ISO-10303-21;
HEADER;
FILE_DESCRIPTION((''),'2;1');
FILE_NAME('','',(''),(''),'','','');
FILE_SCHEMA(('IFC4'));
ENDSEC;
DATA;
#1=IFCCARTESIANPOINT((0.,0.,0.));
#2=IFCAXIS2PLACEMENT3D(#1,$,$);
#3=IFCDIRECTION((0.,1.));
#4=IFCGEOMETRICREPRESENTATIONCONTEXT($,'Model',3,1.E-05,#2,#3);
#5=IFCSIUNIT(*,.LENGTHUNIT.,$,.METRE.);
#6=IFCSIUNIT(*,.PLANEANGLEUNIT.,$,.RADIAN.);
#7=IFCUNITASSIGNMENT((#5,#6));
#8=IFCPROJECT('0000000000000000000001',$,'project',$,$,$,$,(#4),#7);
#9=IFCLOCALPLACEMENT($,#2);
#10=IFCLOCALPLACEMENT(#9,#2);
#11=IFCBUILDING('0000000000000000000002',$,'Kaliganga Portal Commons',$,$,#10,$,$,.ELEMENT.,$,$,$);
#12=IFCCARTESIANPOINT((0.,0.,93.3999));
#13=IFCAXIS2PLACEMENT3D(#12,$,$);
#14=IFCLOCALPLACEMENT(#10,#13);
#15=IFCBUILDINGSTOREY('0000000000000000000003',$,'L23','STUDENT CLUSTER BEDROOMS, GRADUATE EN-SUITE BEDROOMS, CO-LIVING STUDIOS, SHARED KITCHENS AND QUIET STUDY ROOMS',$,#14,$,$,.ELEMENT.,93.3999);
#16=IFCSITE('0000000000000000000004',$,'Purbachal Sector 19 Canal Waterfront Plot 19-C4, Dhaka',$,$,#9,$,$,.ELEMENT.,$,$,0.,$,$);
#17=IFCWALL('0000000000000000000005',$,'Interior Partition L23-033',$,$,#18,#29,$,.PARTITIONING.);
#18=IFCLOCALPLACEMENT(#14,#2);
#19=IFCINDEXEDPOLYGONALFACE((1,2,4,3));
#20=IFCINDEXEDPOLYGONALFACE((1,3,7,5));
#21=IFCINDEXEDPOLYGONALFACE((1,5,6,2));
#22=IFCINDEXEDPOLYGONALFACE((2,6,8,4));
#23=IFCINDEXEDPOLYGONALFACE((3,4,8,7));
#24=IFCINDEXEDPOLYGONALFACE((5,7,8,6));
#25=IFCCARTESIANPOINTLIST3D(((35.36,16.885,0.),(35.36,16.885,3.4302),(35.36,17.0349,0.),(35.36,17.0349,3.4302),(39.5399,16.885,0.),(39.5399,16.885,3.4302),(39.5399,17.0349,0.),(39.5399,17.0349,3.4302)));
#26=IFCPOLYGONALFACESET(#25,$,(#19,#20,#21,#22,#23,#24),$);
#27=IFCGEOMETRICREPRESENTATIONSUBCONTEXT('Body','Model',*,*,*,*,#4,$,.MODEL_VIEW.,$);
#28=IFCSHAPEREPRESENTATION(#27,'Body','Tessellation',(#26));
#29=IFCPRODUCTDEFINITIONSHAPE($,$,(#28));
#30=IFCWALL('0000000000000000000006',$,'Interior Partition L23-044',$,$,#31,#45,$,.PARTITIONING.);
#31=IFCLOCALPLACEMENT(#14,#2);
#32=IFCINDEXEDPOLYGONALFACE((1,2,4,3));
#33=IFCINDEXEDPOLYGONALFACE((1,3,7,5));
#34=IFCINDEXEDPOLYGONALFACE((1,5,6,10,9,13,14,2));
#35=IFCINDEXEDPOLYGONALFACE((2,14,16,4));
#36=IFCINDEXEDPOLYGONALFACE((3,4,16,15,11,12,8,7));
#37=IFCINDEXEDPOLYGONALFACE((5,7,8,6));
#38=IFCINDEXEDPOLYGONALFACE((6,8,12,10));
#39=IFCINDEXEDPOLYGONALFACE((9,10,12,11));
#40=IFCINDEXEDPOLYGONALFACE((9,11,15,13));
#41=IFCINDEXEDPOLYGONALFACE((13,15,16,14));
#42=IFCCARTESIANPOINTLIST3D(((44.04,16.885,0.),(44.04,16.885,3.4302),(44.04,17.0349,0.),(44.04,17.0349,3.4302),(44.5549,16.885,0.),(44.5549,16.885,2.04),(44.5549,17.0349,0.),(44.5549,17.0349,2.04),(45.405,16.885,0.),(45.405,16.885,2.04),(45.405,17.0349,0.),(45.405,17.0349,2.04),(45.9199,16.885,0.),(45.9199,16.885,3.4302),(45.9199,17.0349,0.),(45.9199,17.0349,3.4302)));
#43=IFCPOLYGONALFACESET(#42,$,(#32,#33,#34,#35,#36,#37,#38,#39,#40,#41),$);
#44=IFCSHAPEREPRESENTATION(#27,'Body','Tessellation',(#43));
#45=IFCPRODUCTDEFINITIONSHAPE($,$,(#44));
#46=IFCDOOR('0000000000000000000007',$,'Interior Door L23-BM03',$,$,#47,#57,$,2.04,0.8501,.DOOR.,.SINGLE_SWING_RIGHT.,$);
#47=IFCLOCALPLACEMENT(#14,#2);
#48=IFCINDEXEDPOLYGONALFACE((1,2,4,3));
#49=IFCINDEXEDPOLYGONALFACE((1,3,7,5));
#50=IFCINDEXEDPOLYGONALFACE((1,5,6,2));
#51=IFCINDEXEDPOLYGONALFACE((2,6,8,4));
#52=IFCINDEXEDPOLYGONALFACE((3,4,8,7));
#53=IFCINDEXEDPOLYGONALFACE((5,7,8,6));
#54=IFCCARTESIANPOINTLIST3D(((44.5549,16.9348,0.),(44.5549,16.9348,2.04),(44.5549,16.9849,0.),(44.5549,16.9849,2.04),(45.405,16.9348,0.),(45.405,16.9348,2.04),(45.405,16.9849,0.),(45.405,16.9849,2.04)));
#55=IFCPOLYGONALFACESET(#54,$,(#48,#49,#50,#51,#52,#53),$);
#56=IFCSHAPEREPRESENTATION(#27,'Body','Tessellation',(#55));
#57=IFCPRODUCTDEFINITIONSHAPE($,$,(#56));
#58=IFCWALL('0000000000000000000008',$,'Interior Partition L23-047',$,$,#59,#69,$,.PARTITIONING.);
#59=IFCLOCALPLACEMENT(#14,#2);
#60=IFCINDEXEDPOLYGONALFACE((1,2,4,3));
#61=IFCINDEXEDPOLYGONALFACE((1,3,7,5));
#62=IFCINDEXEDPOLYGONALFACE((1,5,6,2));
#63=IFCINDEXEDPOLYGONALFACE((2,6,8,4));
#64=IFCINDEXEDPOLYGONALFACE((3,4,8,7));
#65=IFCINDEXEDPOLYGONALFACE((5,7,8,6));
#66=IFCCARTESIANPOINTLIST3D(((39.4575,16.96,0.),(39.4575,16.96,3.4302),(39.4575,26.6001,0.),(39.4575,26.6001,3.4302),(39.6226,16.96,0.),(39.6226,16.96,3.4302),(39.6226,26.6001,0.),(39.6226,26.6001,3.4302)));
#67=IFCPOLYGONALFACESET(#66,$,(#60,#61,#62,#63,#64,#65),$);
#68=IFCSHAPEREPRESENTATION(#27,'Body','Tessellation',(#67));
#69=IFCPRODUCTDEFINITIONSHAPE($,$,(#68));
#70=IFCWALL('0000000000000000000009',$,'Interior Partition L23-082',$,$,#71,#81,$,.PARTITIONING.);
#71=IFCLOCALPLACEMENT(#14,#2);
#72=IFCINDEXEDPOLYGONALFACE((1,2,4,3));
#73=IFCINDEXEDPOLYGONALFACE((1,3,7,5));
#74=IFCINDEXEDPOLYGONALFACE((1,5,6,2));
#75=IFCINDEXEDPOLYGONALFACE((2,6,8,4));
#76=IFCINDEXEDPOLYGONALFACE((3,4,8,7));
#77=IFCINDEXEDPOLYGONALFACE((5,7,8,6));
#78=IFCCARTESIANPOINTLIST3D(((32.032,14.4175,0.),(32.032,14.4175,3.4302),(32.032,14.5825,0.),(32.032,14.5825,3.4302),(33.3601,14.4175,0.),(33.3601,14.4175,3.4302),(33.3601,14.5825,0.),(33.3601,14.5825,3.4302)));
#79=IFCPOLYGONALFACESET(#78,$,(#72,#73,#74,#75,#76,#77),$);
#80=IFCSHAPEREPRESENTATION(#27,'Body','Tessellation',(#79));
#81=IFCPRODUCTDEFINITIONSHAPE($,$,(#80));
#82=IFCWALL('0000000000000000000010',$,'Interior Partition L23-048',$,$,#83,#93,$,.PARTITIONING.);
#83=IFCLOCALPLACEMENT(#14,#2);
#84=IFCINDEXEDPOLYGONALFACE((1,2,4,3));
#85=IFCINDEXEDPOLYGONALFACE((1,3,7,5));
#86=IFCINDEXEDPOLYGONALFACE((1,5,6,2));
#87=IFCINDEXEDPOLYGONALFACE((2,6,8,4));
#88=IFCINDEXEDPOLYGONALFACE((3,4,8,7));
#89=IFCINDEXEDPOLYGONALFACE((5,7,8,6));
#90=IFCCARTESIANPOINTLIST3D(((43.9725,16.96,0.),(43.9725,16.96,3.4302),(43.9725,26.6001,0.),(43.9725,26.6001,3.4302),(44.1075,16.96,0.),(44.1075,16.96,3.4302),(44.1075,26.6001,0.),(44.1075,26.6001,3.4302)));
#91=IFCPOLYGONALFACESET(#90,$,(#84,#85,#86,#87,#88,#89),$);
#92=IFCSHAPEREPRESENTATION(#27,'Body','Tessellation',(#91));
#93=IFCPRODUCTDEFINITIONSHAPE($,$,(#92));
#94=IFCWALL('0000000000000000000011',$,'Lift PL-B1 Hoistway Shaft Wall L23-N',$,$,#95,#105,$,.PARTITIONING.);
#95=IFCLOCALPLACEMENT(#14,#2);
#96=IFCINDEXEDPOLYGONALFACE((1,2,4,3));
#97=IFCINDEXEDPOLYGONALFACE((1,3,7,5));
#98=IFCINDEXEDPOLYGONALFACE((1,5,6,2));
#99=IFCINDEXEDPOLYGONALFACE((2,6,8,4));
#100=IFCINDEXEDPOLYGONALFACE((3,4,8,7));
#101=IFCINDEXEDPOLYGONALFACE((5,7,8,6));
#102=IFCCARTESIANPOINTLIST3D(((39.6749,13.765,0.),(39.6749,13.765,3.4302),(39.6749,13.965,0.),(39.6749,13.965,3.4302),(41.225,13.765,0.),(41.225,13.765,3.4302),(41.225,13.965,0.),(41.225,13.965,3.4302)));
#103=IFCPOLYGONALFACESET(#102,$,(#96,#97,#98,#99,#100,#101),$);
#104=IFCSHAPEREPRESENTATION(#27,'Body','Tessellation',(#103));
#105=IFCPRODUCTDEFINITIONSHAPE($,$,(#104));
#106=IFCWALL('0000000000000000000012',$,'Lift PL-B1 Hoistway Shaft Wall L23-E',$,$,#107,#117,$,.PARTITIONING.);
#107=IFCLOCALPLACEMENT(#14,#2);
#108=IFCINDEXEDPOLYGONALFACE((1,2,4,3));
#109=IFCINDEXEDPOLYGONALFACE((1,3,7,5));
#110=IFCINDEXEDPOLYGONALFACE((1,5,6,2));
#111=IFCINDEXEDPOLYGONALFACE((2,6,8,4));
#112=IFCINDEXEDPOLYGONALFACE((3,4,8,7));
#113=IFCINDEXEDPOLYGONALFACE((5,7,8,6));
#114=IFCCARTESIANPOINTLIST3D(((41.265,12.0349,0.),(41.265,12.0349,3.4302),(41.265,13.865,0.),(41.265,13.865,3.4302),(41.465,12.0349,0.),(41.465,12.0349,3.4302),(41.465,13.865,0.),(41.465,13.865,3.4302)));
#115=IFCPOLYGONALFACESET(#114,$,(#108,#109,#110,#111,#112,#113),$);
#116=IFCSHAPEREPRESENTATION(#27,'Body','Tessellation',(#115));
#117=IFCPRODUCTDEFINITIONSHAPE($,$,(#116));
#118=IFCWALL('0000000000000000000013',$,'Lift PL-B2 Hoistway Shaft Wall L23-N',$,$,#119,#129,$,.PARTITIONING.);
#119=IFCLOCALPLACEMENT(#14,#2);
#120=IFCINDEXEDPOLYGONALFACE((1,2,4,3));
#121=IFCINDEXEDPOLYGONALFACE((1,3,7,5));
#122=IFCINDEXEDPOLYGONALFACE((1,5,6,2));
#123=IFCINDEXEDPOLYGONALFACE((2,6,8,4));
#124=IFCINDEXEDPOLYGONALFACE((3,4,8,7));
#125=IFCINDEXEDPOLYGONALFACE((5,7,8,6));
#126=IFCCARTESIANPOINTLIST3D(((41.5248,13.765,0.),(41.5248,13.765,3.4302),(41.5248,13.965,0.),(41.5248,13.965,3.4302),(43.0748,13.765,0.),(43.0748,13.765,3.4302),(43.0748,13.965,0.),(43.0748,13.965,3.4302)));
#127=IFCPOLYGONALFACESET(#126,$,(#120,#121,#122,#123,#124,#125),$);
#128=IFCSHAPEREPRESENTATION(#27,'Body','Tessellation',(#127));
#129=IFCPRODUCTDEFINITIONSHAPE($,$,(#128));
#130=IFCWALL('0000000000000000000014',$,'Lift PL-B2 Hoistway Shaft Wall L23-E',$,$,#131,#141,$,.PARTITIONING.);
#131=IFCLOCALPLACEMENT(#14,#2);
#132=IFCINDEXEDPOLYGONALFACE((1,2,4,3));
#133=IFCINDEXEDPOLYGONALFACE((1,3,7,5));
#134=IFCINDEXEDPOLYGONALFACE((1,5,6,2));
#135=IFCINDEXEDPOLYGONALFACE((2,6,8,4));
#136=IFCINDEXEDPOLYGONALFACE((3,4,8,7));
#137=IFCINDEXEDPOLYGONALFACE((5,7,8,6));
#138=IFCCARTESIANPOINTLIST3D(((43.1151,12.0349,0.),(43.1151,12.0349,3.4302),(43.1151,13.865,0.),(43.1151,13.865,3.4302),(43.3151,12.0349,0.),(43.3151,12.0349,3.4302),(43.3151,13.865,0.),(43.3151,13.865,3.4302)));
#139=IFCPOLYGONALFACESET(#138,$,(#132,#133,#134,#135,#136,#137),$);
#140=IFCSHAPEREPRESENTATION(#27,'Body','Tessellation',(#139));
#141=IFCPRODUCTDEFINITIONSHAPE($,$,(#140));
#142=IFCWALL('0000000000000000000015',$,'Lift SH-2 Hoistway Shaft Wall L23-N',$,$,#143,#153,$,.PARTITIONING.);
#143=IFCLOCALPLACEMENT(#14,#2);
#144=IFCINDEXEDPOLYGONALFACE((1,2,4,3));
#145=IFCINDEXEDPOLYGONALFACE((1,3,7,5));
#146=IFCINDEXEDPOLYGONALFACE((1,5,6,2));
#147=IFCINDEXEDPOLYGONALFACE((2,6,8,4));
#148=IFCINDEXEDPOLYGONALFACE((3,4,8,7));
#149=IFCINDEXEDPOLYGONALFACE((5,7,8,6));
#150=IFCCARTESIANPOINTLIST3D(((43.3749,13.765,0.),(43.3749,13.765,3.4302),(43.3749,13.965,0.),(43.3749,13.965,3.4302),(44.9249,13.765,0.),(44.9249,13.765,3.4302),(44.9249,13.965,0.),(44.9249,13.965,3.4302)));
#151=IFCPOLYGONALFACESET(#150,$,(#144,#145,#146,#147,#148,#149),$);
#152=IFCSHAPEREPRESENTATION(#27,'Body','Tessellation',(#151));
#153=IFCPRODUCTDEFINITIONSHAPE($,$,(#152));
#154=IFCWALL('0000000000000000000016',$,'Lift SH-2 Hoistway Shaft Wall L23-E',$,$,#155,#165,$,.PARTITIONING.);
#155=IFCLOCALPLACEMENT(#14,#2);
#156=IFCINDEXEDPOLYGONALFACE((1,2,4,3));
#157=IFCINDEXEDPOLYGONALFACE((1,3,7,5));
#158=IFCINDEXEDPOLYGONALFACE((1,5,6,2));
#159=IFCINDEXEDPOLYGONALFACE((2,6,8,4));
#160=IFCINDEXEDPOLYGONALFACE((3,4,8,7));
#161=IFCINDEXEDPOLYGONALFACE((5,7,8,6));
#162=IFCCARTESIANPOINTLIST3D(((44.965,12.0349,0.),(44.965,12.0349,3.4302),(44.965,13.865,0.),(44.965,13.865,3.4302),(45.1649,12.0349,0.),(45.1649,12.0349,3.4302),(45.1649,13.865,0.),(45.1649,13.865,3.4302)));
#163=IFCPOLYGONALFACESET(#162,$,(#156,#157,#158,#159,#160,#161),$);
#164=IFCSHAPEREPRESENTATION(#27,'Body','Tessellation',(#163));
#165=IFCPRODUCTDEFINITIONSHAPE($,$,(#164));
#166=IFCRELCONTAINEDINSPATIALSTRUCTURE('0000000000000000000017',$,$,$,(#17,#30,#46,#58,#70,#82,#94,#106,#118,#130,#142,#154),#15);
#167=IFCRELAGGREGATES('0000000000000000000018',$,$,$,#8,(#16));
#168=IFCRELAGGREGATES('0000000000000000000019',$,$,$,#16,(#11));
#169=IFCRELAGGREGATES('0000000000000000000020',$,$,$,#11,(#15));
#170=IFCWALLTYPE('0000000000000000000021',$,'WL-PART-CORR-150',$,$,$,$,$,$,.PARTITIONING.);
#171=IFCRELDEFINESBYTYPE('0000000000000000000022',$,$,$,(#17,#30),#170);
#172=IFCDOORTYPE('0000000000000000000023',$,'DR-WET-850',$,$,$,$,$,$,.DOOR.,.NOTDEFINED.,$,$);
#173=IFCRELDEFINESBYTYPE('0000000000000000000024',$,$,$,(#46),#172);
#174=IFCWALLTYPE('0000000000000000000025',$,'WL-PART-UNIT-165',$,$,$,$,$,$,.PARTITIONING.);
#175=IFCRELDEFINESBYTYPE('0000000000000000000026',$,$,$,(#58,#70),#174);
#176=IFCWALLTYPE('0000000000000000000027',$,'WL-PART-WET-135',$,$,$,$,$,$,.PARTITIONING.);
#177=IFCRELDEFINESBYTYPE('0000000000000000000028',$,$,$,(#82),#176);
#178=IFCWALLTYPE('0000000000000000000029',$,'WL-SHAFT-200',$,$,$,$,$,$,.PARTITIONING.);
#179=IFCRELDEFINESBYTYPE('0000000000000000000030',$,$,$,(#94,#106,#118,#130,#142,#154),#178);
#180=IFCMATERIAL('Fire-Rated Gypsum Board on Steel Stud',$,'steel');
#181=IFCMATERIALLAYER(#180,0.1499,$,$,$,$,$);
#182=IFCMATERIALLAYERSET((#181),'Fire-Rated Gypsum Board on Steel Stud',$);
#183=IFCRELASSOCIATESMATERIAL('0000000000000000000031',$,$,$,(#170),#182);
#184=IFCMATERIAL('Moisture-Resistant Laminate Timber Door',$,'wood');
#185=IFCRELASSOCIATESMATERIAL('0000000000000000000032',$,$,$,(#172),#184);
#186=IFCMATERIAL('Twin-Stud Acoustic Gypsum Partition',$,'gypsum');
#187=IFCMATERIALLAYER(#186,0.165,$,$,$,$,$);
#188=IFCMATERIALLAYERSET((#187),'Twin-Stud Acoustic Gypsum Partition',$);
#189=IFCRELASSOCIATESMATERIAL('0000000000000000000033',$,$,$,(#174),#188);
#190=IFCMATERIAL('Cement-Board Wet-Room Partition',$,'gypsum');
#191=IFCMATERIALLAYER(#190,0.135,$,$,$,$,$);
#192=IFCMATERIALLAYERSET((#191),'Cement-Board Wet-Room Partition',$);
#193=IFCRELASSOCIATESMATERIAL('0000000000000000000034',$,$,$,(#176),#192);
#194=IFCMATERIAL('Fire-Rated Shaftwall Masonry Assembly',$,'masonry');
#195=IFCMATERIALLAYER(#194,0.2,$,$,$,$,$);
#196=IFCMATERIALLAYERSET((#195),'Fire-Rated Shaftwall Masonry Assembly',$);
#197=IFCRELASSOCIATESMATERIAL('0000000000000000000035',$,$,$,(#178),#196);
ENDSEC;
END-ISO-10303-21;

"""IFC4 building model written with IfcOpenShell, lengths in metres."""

from ifc_helpers import new_model, si_unit, direction, frame, frame_2d, origin, place, context, subcontext, project, spatial, rectangle, extrude, material, layer, layer_set, type_object, element, fill, save


model = new_model("IFC4")

# Units and contexts
model_context = context("Model", 3, precision=1e-05, world=origin(), true_north=direction((0.0, 1.0)))
body_context = subcontext(model_context, "Body", "Model", "MODEL_VIEW")
ifc_project = project(units=[si_unit("LENGTHUNIT", "METRE"), si_unit("PLANEANGLEUNIT", "RADIAN")], contexts=[model_context])

# Site, building, storey
site_placement = place(None, origin())
site = spatial("IfcSite", under=ifc_project, at=site_placement, Name="Purbachal Sector 19 Canal Waterfront Plot 19-C4, Dhaka", CompositionType="ELEMENT", RefElevation=0.0)
building_placement = place(site_placement, origin())
building = spatial("IfcBuilding", under=site, at=building_placement, Name="Kaliganga Portal Commons", CompositionType="ELEMENT")
storey_placement = place(building_placement, frame((0.0, 0.0, 93.3999)))
storey = spatial("IfcBuildingStorey", under=building, at=storey_placement, Name="L23", Description="STUDENT CLUSTER BEDROOMS, GRADUATE EN-SUITE BEDROOMS, CO-LIVING STUDIOS, SHARED KITCHENS AND QUIET STUDY ROOMS", CompositionType="ELEMENT", Elevation=93.3999)

# Shared definitions
ifc_material_1 = material(Name="Fire-Rated Gypsum Board on Steel Stud", Category="steel")
ifc_layer_1 = layer(ifc_material_1, 0.1499)
ifc_layer_set_1 = layer_set([ifc_layer_1], Name="Fire-Rated Gypsum Board on Steel Stud")
wall_type_1 = type_object("IfcWallType", Name="WL-PART-CORR-150", PredefinedType="PARTITIONING", material=ifc_layer_set_1)

# Wall
wall_1_placement = place(storey_placement, frame((35.3601, 16.96, 0.0), z_axis=(0.0, 0.0, 1.0), x_axis=(1.0, 0.0, 0.0)))
element("IfcWall", 1, at=wall_1_placement, inside=storey, type_object=wall_type_1, Name="Interior Partition L23-033", PredefinedType="PARTITIONING", context=body_context, shape_type="SweptSolid", body=[
    extrude(rectangle(XDim=4.1799, YDim=0.1499, at=frame_2d((2.0898, 0.0))), origin(), (0.0, 0.0, 1.0), 3.4302),
])

# Wall, opening, door
wall_2_placement = place(storey_placement, frame((44.04, 16.96, 0.0), z_axis=(0.0, 0.0, 1.0), x_axis=(1.0, 0.0, 0.0)))
wall_2 = element("IfcWall", 2, at=wall_2_placement, inside=storey, type_object=wall_type_1, Name="Interior Partition L23-044", PredefinedType="PARTITIONING", context=body_context, shape_type="SweptSolid", body=[
    extrude(rectangle(XDim=1.8799, YDim=0.1499, at=frame_2d((0.9399, 0.0))), origin(), (0.0, 0.0, 1.0), 3.4302),
])
opening_1_placement = place(wall_2_placement, frame((0.5149, 0.0, 0.0)))
opening_1 = element("IfcOpeningElement", 3, at=opening_1_placement, cuts=wall_2, PredefinedType="OPENING", context=body_context, shape_type="SweptSolid", body=[
    extrude(rectangle(XDim=0.8501, YDim=2.04, at=frame_2d((0.425, 1.02))), frame((0.0, 0.085, 0.0), z_axis=(0.0, -1.0, 0.0), x_axis=(1.0, 0.0, 0.0)), (0.0, 0.0, 1.0), 0.1699),
])
ifc_material_2 = material(Name="Moisture-Resistant Laminate Timber Door", Category="wood")
door_type_1 = type_object("IfcDoorType", Name="DR-WET-850", OperationType="NOTDEFINED", PredefinedType="DOOR", material=ifc_material_2)
door_1_placement = place(opening_1_placement, origin())
door_1 = element("IfcDoor", 4, at=door_1_placement, inside=storey, type_object=door_type_1, Name="Interior Door L23-BM03", OperationType="SINGLE_SWING_RIGHT", OverallHeight=2.04, OverallWidth=0.8501, PredefinedType="DOOR", context=body_context, shape_type="SweptSolid", body=[
    extrude(rectangle(XDim=0.8501, YDim=2.04, at=frame_2d((0.425, 1.02))), frame((0.0, 0.0249, 0.0), z_axis=(0.0, -1.0, 0.0), x_axis=(1.0, 0.0, 0.0)), (0.0, 0.0, 1.0), 0.05),
])
fill(opening_1, door_1)

# Walls
ifc_material_3 = material(Name="Twin-Stud Acoustic Gypsum Partition", Category="gypsum")
ifc_layer_2 = layer(ifc_material_3, 0.165)
ifc_layer_set_2 = layer_set([ifc_layer_2], Name="Twin-Stud Acoustic Gypsum Partition")
wall_type_2 = type_object("IfcWallType", Name="WL-PART-UNIT-165", PredefinedType="PARTITIONING", material=ifc_layer_set_2)
wall_3_placement = place(storey_placement, frame((39.54, 16.96, 0.0), z_axis=(0.0, 0.0, 1.0), x_axis=(0.0, 1.0, 0.0)))
element("IfcWall", 5, at=wall_3_placement, inside=storey, type_object=wall_type_2, Name="Interior Partition L23-047", PredefinedType="PARTITIONING", context=body_context, shape_type="SweptSolid", body=[
    extrude(rectangle(XDim=9.6401, YDim=0.165, at=frame_2d((4.8201, 0.0))), origin(), (0.0, 0.0, 1.0), 3.4302),
])
wall_4_placement = place(storey_placement, frame((32.032, 14.5, 0.0), z_axis=(0.0, 0.0, 1.0), x_axis=(1.0, 0.0, 0.0)))
element("IfcWall", 6, at=wall_4_placement, inside=storey, type_object=wall_type_2, Name="Interior Partition L23-082", PredefinedType="PARTITIONING", context=body_context, shape_type="SweptSolid", body=[
    extrude(rectangle(XDim=1.3281, YDim=0.165, at=frame_2d((0.6641, 0.0))), origin(), (0.0, 0.0, 1.0), 3.4302),
])
ifc_material_4 = material(Name="Cement-Board Wet-Room Partition", Category="gypsum")
ifc_layer_3 = layer(ifc_material_4, 0.135)
ifc_layer_set_3 = layer_set([ifc_layer_3], Name="Cement-Board Wet-Room Partition")
wall_type_3 = type_object("IfcWallType", Name="WL-PART-WET-135", PredefinedType="PARTITIONING", material=ifc_layer_set_3)
wall_5_placement = place(storey_placement, frame((44.04, 16.96, 0.0), z_axis=(0.0, 0.0, 1.0), x_axis=(0.0, 1.0, 0.0)))
element("IfcWall", 7, at=wall_5_placement, inside=storey, type_object=wall_type_3, Name="Interior Partition L23-048", PredefinedType="PARTITIONING", context=body_context, shape_type="SweptSolid", body=[
    extrude(rectangle(XDim=9.6401, YDim=0.135, at=frame_2d((4.8201, 0.0))), origin(), (0.0, 0.0, 1.0), 3.4302),
])

# Shared definitions
ifc_material_5 = material(Name="Fire-Rated Shaftwall Masonry Assembly", Category="masonry")
ifc_layer_4 = layer(ifc_material_5, 0.2)
ifc_layer_set_4 = layer_set([ifc_layer_4], Name="Fire-Rated Shaftwall Masonry Assembly")
wall_type_4 = type_object("IfcWallType", Name="WL-SHAFT-200", PredefinedType="PARTITIONING", material=ifc_layer_set_4)

# Walls
wall_6_placement = place(storey_placement, frame((39.675, 13.865, 0.0), z_axis=(0.0, 0.0, 1.0), x_axis=(1.0, 0.0, 0.0)))
element("IfcWall", 8, at=wall_6_placement, inside=storey, type_object=wall_type_4, Name="Lift PL-B1 Hoistway Shaft Wall L23-N", PredefinedType="PARTITIONING", context=body_context, shape_type="SweptSolid", body=[
    extrude(rectangle(XDim=1.55, YDim=0.2, at=frame_2d((0.7749, 0.0))), origin(), (0.0, 0.0, 1.0), 3.4302),
])
wall_7_placement = place(storey_placement, frame((41.365, 12.0349, 0.0), z_axis=(0.0, 0.0, 1.0), x_axis=(0.0, 1.0, 0.0)))
element("IfcWall", 9, at=wall_7_placement, inside=storey, type_object=wall_type_4, Name="Lift PL-B1 Hoistway Shaft Wall L23-E", PredefinedType="PARTITIONING", context=body_context, shape_type="SweptSolid", body=[
    extrude(rectangle(XDim=1.8301, YDim=0.2, at=frame_2d((0.915, 0.0))), origin(), (0.0, 0.0, 1.0), 3.4302),
])

# Walls
wall_8_placement = place(storey_placement, frame((41.5249, 13.865, 0.0), z_axis=(0.0, 0.0, 1.0), x_axis=(1.0, 0.0, 0.0)))
element("IfcWall", 10, at=wall_8_placement, inside=storey, type_object=wall_type_4, Name="Lift PL-B2 Hoistway Shaft Wall L23-N", PredefinedType="PARTITIONING", context=body_context, shape_type="SweptSolid", body=[
    extrude(rectangle(XDim=1.55, YDim=0.2, at=frame_2d((0.7749, 0.0))), origin(), (0.0, 0.0, 1.0), 3.4302),
])
wall_9_placement = place(storey_placement, frame((43.2151, 12.0349, 0.0), z_axis=(0.0, 0.0, 1.0), x_axis=(0.0, 1.0, 0.0)))
element("IfcWall", 11, at=wall_9_placement, inside=storey, type_object=wall_type_4, Name="Lift PL-B2 Hoistway Shaft Wall L23-E", PredefinedType="PARTITIONING", context=body_context, shape_type="SweptSolid", body=[
    extrude(rectangle(XDim=1.8301, YDim=0.2, at=frame_2d((0.915, 0.0))), origin(), (0.0, 0.0, 1.0), 3.4302),
])

# Walls
wall_10_placement = place(storey_placement, frame((43.375, 13.865, 0.0), z_axis=(0.0, 0.0, 1.0), x_axis=(1.0, 0.0, 0.0)))
element("IfcWall", 12, at=wall_10_placement, inside=storey, type_object=wall_type_4, Name="Lift SH-2 Hoistway Shaft Wall L23-N", PredefinedType="PARTITIONING", context=body_context, shape_type="SweptSolid", body=[
    extrude(rectangle(XDim=1.55, YDim=0.2, at=frame_2d((0.7749, 0.0))), origin(), (0.0, 0.0, 1.0), 3.4302),
])
wall_11_placement = place(storey_placement, frame((45.0649, 12.0349, 0.0), z_axis=(0.0, 0.0, 1.0), x_axis=(0.0, 1.0, 0.0)))
element("IfcWall", 13, at=wall_11_placement, inside=storey, type_object=wall_type_4, Name="Lift SH-2 Hoistway Shaft Wall L23-E", PredefinedType="PARTITIONING", context=body_context, shape_type="SweptSolid", body=[
    extrude(rectangle(XDim=1.8301, YDim=0.2, at=frame_2d((0.915, 0.0))), origin(), (0.0, 0.0, 1.0), 3.4302),
])

save(model, "model.ifc")
